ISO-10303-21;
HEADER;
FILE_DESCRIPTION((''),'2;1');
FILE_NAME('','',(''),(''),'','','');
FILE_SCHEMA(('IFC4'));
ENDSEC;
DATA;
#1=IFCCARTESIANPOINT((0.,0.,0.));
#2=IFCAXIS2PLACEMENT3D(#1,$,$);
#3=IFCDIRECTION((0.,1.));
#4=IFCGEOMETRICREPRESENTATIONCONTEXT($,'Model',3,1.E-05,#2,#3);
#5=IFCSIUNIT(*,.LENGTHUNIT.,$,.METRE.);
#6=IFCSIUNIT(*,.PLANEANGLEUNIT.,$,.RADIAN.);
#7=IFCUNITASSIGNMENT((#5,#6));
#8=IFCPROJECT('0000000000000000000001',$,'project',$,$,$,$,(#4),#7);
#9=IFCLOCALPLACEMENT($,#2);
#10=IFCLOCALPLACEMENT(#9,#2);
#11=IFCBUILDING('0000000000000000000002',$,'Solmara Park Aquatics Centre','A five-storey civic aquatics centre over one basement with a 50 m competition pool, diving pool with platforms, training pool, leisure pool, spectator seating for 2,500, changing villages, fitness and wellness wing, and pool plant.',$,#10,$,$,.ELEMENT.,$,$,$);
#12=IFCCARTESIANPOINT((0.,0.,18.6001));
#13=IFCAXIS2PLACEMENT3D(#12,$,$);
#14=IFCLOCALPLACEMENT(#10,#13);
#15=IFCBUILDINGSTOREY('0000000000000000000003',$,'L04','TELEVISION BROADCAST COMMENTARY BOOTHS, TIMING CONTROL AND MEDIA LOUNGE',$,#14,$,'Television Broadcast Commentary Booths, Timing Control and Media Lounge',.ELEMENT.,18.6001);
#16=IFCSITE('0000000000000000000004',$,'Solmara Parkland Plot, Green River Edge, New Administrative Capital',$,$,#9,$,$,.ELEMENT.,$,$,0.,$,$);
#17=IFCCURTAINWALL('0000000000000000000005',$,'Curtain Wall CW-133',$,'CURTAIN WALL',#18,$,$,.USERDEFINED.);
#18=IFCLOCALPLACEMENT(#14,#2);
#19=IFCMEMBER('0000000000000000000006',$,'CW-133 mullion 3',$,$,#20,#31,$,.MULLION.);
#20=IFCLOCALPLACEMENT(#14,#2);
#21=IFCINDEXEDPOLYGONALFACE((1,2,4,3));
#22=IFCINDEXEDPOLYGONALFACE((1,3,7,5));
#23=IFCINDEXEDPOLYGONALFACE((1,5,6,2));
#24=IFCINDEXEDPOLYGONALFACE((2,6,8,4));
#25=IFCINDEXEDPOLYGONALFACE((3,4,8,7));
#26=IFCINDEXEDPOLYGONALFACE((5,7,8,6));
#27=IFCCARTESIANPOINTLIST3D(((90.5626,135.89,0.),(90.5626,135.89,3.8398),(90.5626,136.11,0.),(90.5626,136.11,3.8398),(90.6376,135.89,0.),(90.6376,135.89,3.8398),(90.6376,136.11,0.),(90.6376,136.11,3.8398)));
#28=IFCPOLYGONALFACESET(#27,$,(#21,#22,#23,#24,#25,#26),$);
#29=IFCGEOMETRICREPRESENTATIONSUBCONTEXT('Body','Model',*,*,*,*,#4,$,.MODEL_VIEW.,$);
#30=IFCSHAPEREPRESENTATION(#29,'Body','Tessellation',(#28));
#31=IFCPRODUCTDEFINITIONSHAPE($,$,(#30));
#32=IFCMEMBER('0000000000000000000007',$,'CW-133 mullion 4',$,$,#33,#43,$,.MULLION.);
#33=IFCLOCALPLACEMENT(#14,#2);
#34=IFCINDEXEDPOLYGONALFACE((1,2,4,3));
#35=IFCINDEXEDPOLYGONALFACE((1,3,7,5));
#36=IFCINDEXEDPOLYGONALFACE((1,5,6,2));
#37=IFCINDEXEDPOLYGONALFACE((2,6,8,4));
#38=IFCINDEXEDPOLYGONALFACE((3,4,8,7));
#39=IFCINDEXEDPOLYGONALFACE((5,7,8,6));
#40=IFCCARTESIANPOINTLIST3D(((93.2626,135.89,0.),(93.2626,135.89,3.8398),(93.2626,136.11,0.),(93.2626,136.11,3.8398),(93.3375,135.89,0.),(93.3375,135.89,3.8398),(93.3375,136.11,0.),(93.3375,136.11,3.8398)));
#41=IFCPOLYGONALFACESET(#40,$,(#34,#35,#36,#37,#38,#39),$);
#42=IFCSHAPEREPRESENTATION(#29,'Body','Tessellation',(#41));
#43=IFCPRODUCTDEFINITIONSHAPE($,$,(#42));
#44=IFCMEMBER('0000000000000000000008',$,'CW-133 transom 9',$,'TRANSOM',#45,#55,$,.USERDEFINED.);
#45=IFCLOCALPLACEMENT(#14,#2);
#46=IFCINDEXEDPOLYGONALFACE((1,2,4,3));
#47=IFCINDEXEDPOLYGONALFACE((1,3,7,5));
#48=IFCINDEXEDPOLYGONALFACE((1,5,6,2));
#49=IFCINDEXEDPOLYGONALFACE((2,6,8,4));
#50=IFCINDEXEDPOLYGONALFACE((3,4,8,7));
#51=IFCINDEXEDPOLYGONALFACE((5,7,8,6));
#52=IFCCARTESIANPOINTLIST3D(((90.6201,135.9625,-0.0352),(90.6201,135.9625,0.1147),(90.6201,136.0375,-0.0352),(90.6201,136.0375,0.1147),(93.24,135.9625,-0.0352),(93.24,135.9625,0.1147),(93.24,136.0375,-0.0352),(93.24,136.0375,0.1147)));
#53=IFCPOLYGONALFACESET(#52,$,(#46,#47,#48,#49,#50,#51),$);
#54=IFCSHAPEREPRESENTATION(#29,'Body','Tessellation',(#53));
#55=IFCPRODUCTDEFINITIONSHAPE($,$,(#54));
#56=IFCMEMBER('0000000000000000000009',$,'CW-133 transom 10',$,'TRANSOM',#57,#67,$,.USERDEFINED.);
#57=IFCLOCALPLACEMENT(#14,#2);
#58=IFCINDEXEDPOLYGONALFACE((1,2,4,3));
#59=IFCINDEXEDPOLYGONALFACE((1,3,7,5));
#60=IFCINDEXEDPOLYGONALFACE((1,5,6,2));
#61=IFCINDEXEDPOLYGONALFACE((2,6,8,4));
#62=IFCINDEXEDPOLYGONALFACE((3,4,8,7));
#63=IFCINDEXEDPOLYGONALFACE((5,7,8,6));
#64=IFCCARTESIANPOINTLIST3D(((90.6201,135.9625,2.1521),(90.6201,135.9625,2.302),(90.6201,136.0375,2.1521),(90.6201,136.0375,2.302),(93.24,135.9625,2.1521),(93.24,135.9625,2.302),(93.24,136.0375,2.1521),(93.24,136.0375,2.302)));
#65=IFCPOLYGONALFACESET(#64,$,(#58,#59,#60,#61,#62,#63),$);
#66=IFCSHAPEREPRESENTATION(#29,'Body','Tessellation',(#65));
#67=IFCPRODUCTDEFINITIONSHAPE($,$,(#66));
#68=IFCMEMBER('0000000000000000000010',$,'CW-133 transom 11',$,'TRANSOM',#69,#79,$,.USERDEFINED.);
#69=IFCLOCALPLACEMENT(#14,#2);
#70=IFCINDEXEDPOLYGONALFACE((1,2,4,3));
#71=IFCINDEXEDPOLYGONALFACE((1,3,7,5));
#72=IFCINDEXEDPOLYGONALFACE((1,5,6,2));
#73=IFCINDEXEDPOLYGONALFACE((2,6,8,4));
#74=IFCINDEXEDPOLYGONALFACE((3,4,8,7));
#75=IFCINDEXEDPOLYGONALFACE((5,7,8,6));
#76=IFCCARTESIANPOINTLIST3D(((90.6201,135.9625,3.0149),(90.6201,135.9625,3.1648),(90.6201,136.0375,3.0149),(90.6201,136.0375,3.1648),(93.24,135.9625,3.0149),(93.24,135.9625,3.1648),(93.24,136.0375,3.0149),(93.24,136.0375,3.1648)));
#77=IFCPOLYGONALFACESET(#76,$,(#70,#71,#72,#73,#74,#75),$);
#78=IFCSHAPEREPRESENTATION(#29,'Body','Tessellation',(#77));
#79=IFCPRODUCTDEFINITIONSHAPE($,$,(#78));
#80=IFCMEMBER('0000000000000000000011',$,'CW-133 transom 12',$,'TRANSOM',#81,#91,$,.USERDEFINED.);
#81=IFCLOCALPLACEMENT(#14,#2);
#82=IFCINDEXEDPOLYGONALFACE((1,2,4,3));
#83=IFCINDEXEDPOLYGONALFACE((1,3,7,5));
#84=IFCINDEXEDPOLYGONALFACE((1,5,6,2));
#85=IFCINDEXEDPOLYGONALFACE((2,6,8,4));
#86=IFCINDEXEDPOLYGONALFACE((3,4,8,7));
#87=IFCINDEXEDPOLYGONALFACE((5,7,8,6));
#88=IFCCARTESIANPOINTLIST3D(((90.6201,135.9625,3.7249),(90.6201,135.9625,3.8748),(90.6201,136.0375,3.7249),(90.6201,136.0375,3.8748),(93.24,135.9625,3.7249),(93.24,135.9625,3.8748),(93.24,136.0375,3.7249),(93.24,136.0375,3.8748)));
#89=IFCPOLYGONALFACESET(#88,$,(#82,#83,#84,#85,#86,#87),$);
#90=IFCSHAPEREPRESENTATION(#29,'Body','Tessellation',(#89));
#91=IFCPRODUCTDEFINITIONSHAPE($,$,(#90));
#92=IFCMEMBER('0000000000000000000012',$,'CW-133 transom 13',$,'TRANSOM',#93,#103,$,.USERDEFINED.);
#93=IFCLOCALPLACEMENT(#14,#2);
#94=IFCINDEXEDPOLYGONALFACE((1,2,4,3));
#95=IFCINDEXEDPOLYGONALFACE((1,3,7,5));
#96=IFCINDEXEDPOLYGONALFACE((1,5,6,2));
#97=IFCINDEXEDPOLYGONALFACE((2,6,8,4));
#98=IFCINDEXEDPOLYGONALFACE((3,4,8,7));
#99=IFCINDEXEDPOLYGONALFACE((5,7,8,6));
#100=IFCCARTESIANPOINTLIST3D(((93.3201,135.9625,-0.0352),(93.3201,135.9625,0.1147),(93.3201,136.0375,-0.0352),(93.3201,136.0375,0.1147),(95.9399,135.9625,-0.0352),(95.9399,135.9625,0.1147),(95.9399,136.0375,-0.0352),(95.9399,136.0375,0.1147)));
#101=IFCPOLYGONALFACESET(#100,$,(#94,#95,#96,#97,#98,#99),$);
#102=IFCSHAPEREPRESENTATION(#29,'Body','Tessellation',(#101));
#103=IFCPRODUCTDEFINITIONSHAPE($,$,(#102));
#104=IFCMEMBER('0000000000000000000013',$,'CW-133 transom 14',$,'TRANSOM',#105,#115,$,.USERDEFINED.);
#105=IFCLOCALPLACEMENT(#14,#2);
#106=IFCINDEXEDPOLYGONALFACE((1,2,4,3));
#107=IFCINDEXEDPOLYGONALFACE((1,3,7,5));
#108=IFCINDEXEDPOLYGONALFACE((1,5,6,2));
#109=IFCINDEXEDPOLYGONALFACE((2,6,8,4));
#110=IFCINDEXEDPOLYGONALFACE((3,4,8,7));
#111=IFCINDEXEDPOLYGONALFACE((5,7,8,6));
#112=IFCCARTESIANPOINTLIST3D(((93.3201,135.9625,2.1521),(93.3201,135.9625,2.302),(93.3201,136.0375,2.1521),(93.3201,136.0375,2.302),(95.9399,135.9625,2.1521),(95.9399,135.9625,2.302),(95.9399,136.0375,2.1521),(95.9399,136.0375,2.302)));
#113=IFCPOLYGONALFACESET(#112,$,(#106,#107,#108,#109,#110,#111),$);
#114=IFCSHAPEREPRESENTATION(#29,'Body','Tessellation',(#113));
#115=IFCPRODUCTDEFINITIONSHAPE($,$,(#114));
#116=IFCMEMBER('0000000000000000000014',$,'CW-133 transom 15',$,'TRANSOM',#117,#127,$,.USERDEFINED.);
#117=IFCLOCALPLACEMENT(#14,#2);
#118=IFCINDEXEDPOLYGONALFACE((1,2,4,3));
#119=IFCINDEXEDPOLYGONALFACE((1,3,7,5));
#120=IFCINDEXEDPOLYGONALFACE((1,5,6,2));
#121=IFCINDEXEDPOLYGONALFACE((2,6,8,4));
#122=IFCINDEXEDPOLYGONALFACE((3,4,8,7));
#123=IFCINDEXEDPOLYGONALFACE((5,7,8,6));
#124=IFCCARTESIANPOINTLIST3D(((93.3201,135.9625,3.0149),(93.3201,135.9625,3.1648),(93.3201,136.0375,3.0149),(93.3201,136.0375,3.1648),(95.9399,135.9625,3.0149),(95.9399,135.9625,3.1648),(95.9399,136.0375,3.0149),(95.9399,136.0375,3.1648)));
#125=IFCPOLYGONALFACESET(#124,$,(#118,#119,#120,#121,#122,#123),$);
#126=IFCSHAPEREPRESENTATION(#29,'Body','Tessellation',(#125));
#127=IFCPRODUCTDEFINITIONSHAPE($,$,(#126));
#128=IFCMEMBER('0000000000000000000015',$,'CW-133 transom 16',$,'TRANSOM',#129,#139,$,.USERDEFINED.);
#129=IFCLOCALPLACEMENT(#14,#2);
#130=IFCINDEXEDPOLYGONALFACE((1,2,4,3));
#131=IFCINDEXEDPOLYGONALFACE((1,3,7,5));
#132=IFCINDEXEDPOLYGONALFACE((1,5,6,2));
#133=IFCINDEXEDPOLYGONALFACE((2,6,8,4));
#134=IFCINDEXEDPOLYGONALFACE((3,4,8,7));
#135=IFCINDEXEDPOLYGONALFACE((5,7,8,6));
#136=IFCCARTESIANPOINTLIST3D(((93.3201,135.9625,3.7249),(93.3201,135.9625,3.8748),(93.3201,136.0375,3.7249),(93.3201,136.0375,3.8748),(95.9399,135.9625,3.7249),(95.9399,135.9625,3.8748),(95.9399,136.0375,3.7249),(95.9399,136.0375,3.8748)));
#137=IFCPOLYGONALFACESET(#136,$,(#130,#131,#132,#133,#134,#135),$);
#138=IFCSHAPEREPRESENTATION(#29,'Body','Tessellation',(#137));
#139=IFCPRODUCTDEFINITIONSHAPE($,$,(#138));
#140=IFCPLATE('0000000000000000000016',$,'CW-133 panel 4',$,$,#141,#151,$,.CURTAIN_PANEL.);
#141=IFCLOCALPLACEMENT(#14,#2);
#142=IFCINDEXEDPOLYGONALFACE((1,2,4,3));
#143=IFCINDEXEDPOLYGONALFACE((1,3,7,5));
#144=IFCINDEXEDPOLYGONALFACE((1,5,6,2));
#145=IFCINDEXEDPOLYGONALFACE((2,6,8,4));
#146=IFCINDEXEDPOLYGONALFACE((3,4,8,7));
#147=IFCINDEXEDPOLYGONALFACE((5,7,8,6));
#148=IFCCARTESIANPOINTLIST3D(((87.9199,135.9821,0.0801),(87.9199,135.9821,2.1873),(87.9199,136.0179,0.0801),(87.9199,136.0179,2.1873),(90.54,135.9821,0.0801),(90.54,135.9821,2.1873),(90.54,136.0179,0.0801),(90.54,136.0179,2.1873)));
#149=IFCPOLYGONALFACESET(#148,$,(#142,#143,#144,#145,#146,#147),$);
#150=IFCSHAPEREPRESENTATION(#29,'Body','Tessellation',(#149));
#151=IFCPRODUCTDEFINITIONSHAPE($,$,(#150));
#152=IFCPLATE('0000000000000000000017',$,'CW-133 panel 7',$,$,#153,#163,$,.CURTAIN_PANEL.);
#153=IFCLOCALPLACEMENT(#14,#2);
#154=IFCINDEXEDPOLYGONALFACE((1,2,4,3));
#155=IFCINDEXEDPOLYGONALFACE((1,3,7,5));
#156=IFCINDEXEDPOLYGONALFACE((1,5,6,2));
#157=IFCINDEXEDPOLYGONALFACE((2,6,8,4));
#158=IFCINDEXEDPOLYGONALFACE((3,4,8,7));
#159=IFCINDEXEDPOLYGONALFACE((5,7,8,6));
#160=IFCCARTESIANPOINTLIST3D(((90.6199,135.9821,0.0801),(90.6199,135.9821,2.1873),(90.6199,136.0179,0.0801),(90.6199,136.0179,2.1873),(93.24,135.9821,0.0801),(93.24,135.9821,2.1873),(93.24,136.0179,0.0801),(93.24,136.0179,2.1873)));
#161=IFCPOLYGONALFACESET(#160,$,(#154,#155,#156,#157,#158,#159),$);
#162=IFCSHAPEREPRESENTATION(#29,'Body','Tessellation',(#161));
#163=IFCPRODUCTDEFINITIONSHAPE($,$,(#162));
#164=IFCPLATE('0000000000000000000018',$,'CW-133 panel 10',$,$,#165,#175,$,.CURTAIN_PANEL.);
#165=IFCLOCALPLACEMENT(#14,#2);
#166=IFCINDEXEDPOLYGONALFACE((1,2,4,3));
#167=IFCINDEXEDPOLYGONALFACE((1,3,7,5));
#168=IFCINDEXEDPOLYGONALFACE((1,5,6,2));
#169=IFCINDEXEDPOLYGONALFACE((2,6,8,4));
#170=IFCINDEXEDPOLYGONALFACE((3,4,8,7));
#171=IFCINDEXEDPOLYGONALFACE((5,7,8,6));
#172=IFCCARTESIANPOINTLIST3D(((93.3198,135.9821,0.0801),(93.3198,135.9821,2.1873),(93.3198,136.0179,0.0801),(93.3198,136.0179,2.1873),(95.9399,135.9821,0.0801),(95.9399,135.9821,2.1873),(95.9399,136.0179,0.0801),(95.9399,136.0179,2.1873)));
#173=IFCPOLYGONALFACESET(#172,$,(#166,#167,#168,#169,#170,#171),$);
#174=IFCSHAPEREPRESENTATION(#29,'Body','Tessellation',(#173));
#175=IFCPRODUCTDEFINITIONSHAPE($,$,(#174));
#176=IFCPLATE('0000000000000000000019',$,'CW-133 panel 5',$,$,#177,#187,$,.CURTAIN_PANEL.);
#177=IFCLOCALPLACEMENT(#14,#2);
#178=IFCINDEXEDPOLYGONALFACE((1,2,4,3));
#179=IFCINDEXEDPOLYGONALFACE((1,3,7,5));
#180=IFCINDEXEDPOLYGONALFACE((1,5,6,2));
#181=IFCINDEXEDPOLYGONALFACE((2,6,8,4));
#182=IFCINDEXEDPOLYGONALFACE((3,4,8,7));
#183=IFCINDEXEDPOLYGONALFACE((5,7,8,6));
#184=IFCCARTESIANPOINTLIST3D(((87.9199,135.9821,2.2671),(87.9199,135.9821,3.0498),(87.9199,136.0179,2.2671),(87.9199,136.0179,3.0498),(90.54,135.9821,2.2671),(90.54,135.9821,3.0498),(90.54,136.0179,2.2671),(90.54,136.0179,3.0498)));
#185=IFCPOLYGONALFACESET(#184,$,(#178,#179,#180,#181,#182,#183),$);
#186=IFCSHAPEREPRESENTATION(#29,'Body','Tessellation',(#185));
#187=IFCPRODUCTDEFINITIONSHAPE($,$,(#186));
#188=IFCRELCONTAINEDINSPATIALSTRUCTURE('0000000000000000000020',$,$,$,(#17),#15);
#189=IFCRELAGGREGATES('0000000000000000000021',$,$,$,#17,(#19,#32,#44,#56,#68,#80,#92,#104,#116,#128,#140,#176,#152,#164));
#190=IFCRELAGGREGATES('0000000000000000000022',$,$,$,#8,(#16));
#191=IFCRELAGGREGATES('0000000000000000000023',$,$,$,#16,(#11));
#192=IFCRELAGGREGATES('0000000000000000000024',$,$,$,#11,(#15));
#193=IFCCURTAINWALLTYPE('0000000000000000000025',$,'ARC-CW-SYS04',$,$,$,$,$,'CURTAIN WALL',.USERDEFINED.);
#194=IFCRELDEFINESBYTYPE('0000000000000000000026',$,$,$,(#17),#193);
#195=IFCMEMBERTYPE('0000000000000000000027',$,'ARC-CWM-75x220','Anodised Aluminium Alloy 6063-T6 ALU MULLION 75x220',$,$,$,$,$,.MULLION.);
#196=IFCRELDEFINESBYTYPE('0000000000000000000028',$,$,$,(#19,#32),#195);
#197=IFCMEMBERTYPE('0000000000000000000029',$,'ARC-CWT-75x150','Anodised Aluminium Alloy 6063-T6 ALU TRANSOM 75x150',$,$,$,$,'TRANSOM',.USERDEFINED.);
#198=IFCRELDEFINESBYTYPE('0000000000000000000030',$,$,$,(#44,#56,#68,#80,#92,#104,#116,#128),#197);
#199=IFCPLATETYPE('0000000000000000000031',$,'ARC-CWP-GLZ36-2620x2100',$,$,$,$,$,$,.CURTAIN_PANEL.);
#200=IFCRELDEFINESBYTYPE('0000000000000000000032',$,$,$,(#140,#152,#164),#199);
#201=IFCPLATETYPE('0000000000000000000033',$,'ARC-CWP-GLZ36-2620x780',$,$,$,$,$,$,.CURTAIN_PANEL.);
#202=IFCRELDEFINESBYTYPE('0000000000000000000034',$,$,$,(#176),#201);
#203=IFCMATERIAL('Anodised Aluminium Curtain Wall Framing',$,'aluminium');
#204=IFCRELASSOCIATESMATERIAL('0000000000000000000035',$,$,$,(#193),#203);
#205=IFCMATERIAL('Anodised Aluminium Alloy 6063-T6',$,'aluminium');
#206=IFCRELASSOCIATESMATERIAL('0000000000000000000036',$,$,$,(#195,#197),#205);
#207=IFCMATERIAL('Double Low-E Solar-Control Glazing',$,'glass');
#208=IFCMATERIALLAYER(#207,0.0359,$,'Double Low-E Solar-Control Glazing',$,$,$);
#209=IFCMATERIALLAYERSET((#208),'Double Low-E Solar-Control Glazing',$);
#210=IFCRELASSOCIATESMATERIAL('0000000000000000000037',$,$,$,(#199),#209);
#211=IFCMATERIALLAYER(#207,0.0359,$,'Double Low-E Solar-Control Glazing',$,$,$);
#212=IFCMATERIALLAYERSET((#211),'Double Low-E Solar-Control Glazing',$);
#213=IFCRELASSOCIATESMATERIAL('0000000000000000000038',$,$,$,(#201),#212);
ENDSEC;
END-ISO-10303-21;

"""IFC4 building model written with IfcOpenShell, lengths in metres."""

from ifc_helpers import new_model, si_unit, direction, frame, origin, origin_2d, place, context, subcontext, project, spatial, rectangle, extrude, material, layer, layer_set, material_profile, profile_set, type_object, element, aggregate, save


model = new_model("IFC4")

# Units and contexts
model_context = context("Model", 3, precision=1e-05, world=origin(), true_north=direction((0.0, 1.0)))
body_context = subcontext(model_context, "Body", "Model", "MODEL_VIEW")
ifc_project = project(units=[si_unit("LENGTHUNIT", "METRE"), si_unit("PLANEANGLEUNIT", "RADIAN")], contexts=[model_context])

# Site, building, storey
site_placement = place(None, origin())
site = spatial("IfcSite", under=ifc_project, at=site_placement, Name="Solmara Parkland Plot, Green River Edge, New Administrative Capital", CompositionType="ELEMENT", RefElevation=0.0)
building_placement = place(site_placement, origin())
building = spatial("IfcBuilding", under=site, at=building_placement, Name="Solmara Park Aquatics Centre", Description="A five-storey civic aquatics centre over one basement with a 50 m competition pool, diving pool with platforms, training pool, leisure pool, spectator seating for 2,500, changing villages, fitness and wellness wing, and pool plant.", CompositionType="ELEMENT")
storey_placement = place(building_placement, frame((0.0, 0.0, 18.6001)))
storey = spatial("IfcBuildingStorey", under=building, at=storey_placement, Name="L04", Description="TELEVISION BROADCAST COMMENTARY BOOTHS, TIMING CONTROL AND MEDIA LOUNGE", LongName="Television Broadcast Commentary Booths, Timing Control and Media Lounge", CompositionType="ELEMENT", Elevation=18.6001)

# Curtain wall, members, plates
ifc_material_1 = material(Name="Anodised Aluminium Curtain Wall Framing", Category="aluminium")
curtain_wall_type = type_object("IfcCurtainWallType", Name="ARC-CW-SYS04", ElementType="CURTAIN WALL", PredefinedType="USERDEFINED", material=ifc_material_1)
curtain_wall_placement = place(storey_placement, origin())
curtain_wall = element("IfcCurtainWall", 1, at=curtain_wall_placement, inside=storey, type_object=curtain_wall_type, Name="Curtain Wall CW-133", ObjectType="CURTAIN WALL", PredefinedType="USERDEFINED")
ifc_material_2 = material(Name="Anodised Aluminium Alloy 6063-T6", Category="aluminium")
ifc_material_profile_1 = material_profile(ifc_material_2, rectangle(XDim=0.075, YDim=0.22, at=origin_2d()), Name="ALU MULLION 75x220")
ifc_profile_set_1 = profile_set([ifc_material_profile_1], Name="Anodised Aluminium Alloy 6063-T6")
member_type_1 = type_object("IfcMemberType", Name="ARC-CWM-75x220", Description="Anodised Aluminium Alloy 6063-T6 ALU MULLION 75x220", PredefinedType="MULLION", material=ifc_profile_set_1)
member_1_placement = place(storey_placement, frame((90.6001, 136.0, 0.0), z_axis=(0.0, 0.0, 1.0), x_axis=(1.0, 0.0, 0.0)))
member_1 = element("IfcMember", 2, at=member_1_placement, type_object=member_type_1, Name="CW-133 mullion 3", PredefinedType="MULLION", context=body_context, shape_type="SweptSolid", body=[
    extrude(rectangle(XDim=0.075, YDim=0.22, at=origin_2d()), origin(), (0.0, 0.0, 1.0), 3.8398),
])
member_2_placement = place(storey_placement, frame((93.3, 136.0, 0.0), z_axis=(0.0, 0.0, 1.0), x_axis=(1.0, 0.0, 0.0)))
member_2 = element("IfcMember", 3, at=member_2_placement, type_object=member_type_1, Name="CW-133 mullion 4", PredefinedType="MULLION", context=body_context, shape_type="SweptSolid", body=[
    extrude(rectangle(XDim=0.075, YDim=0.22, at=origin_2d()), origin(), (0.0, 0.0, 1.0), 3.8398),
])
ifc_material_profile_2 = material_profile(ifc_material_2, rectangle(XDim=0.075, YDim=0.1499, at=origin_2d()), Name="ALU TRANSOM 75x150")
ifc_profile_set_2 = profile_set([ifc_material_profile_2], Name="Anodised Aluminium Alloy 6063-T6")
member_type_2 = type_object("IfcMemberType", Name="ARC-CWT-75x150", Description="Anodised Aluminium Alloy 6063-T6 ALU TRANSOM 75x150", ElementType="TRANSOM", PredefinedType="USERDEFINED", material=ifc_profile_set_2)
member_3_placement = place(storey_placement, frame((90.6201, 136.0, 0.0398), z_axis=(1.0, 0.0, 0.0), x_axis=(0.0, 1.0, 0.0)))
member_3 = element("IfcMember", 4, at=member_3_placement, type_object=member_type_2, Name="CW-133 transom 9", ObjectType="TRANSOM", PredefinedType="USERDEFINED", context=body_context, shape_type="SweptSolid", body=[
    extrude(rectangle(XDim=0.075, YDim=0.1499, at=origin_2d()), origin(), (0.0, 0.0, 1.0), 2.6199),
])
member_4_placement = place(storey_placement, frame((90.6201, 136.0, 2.2271), z_axis=(1.0, 0.0, 0.0), x_axis=(0.0, 1.0, 0.0)))
member_4 = element("IfcMember", 5, at=member_4_placement, type_object=member_type_2, Name="CW-133 transom 10", ObjectType="TRANSOM", PredefinedType="USERDEFINED", context=body_context, shape_type="SweptSolid", body=[
    extrude(rectangle(XDim=0.075, YDim=0.1499, at=origin_2d()), origin(), (0.0, 0.0, 1.0), 2.6199),
])
member_5_placement = place(storey_placement, frame((90.6201, 136.0, 3.0898), z_axis=(1.0, 0.0, 0.0), x_axis=(0.0, 1.0, 0.0)))
member_5 = element("IfcMember", 6, at=member_5_placement, type_object=member_type_2, Name="CW-133 transom 11", ObjectType="TRANSOM", PredefinedType="USERDEFINED", context=body_context, shape_type="SweptSolid", body=[
    extrude(rectangle(XDim=0.075, YDim=0.1499, at=origin_2d()), origin(), (0.0, 0.0, 1.0), 2.6199),
])
member_6_placement = place(storey_placement, frame((90.6201, 136.0, 3.7998), z_axis=(1.0, 0.0, 0.0), x_axis=(0.0, 1.0, 0.0)))
member_6 = element("IfcMember", 7, at=member_6_placement, type_object=member_type_2, Name="CW-133 transom 12", ObjectType="TRANSOM", PredefinedType="USERDEFINED", context=body_context, shape_type="SweptSolid", body=[
    extrude(rectangle(XDim=0.075, YDim=0.1499, at=origin_2d()), origin(), (0.0, 0.0, 1.0), 2.6199),
])
member_7_placement = place(storey_placement, frame((93.3201, 136.0, 0.0398), z_axis=(1.0, 0.0, 0.0), x_axis=(0.0, 1.0, 0.0)))
member_7 = element("IfcMember", 8, at=member_7_placement, type_object=member_type_2, Name="CW-133 transom 13", ObjectType="TRANSOM", PredefinedType="USERDEFINED", context=body_context, shape_type="SweptSolid", body=[
    extrude(rectangle(XDim=0.075, YDim=0.1499, at=origin_2d()), origin(), (0.0, 0.0, 1.0), 2.6199),
])
member_8_placement = place(storey_placement, frame((93.3201, 136.0, 2.2271), z_axis=(1.0, 0.0, 0.0), x_axis=(0.0, 1.0, 0.0)))
member_8 = element("IfcMember", 9, at=member_8_placement, type_object=member_type_2, Name="CW-133 transom 14", ObjectType="TRANSOM", PredefinedType="USERDEFINED", context=body_context, shape_type="SweptSolid", body=[
    extrude(rectangle(XDim=0.075, YDim=0.1499, at=origin_2d()), origin(), (0.0, 0.0, 1.0), 2.6199),
])
member_9_placement = place(storey_placement, frame((93.3201, 136.0, 3.0898), z_axis=(1.0, 0.0, 0.0), x_axis=(0.0, 1.0, 0.0)))
member_9 = element("IfcMember", 10, at=member_9_placement, type_object=member_type_2, Name="CW-133 transom 15", ObjectType="TRANSOM", PredefinedType="USERDEFINED", context=body_context, shape_type="SweptSolid", body=[
    extrude(rectangle(XDim=0.075, YDim=0.1499, at=origin_2d()), origin(), (0.0, 0.0, 1.0), 2.6199),
])
member_10_placement = place(storey_placement, frame((93.3201, 136.0, 3.7998), z_axis=(1.0, 0.0, 0.0), x_axis=(0.0, 1.0, 0.0)))
member_10 = element("IfcMember", 11, at=member_10_placement, type_object=member_type_2, Name="CW-133 transom 16", ObjectType="TRANSOM", PredefinedType="USERDEFINED", context=body_context, shape_type="SweptSolid", body=[
    extrude(rectangle(XDim=0.075, YDim=0.1499, at=origin_2d()), origin(), (0.0, 0.0, 1.0), 2.6199),
])
ifc_material_3 = material(Name="Double Low-E Solar-Control Glazing", Category="glass")
ifc_layer_1 = layer(ifc_material_3, 0.0359, Name="Double Low-E Solar-Control Glazing")
ifc_layer_set_1 = layer_set([ifc_layer_1], Name="Double Low-E Solar-Control Glazing")
plate_type_1 = type_object("IfcPlateType", Name="ARC-CWP-GLZ36-2620x2100", PredefinedType="CURTAIN_PANEL", material=ifc_layer_set_1)
plate_1_placement = place(storey_placement, frame((89.23, 136.0, 0.0801), z_axis=(0.0, 0.0, 1.0), x_axis=(1.0, 0.0, 0.0)))
plate_1 = element("IfcPlate", 12, at=plate_1_placement, type_object=plate_type_1, Name="CW-133 panel 4", PredefinedType="CURTAIN_PANEL", context=body_context, shape_type="SweptSolid", body=[
    extrude(rectangle(XDim=2.6201, YDim=0.0359, at=origin_2d()), origin(), (0.0, 0.0, 1.0), 2.1072),
])
plate_2_placement = place(storey_placement, frame((91.9299, 136.0, 0.0801), z_axis=(0.0, 0.0, 1.0), x_axis=(1.0, 0.0, 0.0)))
plate_2 = element("IfcPlate", 13, at=plate_2_placement, type_object=plate_type_1, Name="CW-133 panel 7", PredefinedType="CURTAIN_PANEL", context=body_context, shape_type="SweptSolid", body=[
    extrude(rectangle(XDim=2.6201, YDim=0.0359, at=origin_2d()), origin(), (0.0, 0.0, 1.0), 2.1072),
])
plate_3_placement = place(storey_placement, frame((94.6299, 136.0, 0.0801), z_axis=(0.0, 0.0, 1.0), x_axis=(1.0, 0.0, 0.0)))
plate_3 = element("IfcPlate", 14, at=plate_3_placement, type_object=plate_type_1, Name="CW-133 panel 10", PredefinedType="CURTAIN_PANEL", context=body_context, shape_type="SweptSolid", body=[
    extrude(rectangle(XDim=2.6201, YDim=0.0359, at=origin_2d()), origin(), (0.0, 0.0, 1.0), 2.1072),
])
ifc_layer_2 = layer(ifc_material_3, 0.0359, Name="Double Low-E Solar-Control Glazing")
ifc_layer_set_2 = layer_set([ifc_layer_2], Name="Double Low-E Solar-Control Glazing")
plate_type_2 = type_object("IfcPlateType", Name="ARC-CWP-GLZ36-2620x780", PredefinedType="CURTAIN_PANEL", material=ifc_layer_set_2)
plate_4_placement = place(storey_placement, frame((89.23, 136.0, 2.2671), z_axis=(0.0, 0.0, 1.0), x_axis=(1.0, 0.0, 0.0)))
plate_4 = element("IfcPlate", 15, at=plate_4_placement, type_object=plate_type_2, Name="CW-133 panel 5", PredefinedType="CURTAIN_PANEL", context=body_context, shape_type="SweptSolid", body=[
    extrude(rectangle(XDim=2.6201, YDim=0.0359, at=origin_2d()), origin(), (0.0, 0.0, 1.0), 0.7827),
])
aggregate(curtain_wall, [member_1, member_2, member_3, member_4, member_5, member_6, member_7, member_8, member_9, member_10, plate_1, plate_4, plate_2, plate_3])

save(model, "model.ifc")
